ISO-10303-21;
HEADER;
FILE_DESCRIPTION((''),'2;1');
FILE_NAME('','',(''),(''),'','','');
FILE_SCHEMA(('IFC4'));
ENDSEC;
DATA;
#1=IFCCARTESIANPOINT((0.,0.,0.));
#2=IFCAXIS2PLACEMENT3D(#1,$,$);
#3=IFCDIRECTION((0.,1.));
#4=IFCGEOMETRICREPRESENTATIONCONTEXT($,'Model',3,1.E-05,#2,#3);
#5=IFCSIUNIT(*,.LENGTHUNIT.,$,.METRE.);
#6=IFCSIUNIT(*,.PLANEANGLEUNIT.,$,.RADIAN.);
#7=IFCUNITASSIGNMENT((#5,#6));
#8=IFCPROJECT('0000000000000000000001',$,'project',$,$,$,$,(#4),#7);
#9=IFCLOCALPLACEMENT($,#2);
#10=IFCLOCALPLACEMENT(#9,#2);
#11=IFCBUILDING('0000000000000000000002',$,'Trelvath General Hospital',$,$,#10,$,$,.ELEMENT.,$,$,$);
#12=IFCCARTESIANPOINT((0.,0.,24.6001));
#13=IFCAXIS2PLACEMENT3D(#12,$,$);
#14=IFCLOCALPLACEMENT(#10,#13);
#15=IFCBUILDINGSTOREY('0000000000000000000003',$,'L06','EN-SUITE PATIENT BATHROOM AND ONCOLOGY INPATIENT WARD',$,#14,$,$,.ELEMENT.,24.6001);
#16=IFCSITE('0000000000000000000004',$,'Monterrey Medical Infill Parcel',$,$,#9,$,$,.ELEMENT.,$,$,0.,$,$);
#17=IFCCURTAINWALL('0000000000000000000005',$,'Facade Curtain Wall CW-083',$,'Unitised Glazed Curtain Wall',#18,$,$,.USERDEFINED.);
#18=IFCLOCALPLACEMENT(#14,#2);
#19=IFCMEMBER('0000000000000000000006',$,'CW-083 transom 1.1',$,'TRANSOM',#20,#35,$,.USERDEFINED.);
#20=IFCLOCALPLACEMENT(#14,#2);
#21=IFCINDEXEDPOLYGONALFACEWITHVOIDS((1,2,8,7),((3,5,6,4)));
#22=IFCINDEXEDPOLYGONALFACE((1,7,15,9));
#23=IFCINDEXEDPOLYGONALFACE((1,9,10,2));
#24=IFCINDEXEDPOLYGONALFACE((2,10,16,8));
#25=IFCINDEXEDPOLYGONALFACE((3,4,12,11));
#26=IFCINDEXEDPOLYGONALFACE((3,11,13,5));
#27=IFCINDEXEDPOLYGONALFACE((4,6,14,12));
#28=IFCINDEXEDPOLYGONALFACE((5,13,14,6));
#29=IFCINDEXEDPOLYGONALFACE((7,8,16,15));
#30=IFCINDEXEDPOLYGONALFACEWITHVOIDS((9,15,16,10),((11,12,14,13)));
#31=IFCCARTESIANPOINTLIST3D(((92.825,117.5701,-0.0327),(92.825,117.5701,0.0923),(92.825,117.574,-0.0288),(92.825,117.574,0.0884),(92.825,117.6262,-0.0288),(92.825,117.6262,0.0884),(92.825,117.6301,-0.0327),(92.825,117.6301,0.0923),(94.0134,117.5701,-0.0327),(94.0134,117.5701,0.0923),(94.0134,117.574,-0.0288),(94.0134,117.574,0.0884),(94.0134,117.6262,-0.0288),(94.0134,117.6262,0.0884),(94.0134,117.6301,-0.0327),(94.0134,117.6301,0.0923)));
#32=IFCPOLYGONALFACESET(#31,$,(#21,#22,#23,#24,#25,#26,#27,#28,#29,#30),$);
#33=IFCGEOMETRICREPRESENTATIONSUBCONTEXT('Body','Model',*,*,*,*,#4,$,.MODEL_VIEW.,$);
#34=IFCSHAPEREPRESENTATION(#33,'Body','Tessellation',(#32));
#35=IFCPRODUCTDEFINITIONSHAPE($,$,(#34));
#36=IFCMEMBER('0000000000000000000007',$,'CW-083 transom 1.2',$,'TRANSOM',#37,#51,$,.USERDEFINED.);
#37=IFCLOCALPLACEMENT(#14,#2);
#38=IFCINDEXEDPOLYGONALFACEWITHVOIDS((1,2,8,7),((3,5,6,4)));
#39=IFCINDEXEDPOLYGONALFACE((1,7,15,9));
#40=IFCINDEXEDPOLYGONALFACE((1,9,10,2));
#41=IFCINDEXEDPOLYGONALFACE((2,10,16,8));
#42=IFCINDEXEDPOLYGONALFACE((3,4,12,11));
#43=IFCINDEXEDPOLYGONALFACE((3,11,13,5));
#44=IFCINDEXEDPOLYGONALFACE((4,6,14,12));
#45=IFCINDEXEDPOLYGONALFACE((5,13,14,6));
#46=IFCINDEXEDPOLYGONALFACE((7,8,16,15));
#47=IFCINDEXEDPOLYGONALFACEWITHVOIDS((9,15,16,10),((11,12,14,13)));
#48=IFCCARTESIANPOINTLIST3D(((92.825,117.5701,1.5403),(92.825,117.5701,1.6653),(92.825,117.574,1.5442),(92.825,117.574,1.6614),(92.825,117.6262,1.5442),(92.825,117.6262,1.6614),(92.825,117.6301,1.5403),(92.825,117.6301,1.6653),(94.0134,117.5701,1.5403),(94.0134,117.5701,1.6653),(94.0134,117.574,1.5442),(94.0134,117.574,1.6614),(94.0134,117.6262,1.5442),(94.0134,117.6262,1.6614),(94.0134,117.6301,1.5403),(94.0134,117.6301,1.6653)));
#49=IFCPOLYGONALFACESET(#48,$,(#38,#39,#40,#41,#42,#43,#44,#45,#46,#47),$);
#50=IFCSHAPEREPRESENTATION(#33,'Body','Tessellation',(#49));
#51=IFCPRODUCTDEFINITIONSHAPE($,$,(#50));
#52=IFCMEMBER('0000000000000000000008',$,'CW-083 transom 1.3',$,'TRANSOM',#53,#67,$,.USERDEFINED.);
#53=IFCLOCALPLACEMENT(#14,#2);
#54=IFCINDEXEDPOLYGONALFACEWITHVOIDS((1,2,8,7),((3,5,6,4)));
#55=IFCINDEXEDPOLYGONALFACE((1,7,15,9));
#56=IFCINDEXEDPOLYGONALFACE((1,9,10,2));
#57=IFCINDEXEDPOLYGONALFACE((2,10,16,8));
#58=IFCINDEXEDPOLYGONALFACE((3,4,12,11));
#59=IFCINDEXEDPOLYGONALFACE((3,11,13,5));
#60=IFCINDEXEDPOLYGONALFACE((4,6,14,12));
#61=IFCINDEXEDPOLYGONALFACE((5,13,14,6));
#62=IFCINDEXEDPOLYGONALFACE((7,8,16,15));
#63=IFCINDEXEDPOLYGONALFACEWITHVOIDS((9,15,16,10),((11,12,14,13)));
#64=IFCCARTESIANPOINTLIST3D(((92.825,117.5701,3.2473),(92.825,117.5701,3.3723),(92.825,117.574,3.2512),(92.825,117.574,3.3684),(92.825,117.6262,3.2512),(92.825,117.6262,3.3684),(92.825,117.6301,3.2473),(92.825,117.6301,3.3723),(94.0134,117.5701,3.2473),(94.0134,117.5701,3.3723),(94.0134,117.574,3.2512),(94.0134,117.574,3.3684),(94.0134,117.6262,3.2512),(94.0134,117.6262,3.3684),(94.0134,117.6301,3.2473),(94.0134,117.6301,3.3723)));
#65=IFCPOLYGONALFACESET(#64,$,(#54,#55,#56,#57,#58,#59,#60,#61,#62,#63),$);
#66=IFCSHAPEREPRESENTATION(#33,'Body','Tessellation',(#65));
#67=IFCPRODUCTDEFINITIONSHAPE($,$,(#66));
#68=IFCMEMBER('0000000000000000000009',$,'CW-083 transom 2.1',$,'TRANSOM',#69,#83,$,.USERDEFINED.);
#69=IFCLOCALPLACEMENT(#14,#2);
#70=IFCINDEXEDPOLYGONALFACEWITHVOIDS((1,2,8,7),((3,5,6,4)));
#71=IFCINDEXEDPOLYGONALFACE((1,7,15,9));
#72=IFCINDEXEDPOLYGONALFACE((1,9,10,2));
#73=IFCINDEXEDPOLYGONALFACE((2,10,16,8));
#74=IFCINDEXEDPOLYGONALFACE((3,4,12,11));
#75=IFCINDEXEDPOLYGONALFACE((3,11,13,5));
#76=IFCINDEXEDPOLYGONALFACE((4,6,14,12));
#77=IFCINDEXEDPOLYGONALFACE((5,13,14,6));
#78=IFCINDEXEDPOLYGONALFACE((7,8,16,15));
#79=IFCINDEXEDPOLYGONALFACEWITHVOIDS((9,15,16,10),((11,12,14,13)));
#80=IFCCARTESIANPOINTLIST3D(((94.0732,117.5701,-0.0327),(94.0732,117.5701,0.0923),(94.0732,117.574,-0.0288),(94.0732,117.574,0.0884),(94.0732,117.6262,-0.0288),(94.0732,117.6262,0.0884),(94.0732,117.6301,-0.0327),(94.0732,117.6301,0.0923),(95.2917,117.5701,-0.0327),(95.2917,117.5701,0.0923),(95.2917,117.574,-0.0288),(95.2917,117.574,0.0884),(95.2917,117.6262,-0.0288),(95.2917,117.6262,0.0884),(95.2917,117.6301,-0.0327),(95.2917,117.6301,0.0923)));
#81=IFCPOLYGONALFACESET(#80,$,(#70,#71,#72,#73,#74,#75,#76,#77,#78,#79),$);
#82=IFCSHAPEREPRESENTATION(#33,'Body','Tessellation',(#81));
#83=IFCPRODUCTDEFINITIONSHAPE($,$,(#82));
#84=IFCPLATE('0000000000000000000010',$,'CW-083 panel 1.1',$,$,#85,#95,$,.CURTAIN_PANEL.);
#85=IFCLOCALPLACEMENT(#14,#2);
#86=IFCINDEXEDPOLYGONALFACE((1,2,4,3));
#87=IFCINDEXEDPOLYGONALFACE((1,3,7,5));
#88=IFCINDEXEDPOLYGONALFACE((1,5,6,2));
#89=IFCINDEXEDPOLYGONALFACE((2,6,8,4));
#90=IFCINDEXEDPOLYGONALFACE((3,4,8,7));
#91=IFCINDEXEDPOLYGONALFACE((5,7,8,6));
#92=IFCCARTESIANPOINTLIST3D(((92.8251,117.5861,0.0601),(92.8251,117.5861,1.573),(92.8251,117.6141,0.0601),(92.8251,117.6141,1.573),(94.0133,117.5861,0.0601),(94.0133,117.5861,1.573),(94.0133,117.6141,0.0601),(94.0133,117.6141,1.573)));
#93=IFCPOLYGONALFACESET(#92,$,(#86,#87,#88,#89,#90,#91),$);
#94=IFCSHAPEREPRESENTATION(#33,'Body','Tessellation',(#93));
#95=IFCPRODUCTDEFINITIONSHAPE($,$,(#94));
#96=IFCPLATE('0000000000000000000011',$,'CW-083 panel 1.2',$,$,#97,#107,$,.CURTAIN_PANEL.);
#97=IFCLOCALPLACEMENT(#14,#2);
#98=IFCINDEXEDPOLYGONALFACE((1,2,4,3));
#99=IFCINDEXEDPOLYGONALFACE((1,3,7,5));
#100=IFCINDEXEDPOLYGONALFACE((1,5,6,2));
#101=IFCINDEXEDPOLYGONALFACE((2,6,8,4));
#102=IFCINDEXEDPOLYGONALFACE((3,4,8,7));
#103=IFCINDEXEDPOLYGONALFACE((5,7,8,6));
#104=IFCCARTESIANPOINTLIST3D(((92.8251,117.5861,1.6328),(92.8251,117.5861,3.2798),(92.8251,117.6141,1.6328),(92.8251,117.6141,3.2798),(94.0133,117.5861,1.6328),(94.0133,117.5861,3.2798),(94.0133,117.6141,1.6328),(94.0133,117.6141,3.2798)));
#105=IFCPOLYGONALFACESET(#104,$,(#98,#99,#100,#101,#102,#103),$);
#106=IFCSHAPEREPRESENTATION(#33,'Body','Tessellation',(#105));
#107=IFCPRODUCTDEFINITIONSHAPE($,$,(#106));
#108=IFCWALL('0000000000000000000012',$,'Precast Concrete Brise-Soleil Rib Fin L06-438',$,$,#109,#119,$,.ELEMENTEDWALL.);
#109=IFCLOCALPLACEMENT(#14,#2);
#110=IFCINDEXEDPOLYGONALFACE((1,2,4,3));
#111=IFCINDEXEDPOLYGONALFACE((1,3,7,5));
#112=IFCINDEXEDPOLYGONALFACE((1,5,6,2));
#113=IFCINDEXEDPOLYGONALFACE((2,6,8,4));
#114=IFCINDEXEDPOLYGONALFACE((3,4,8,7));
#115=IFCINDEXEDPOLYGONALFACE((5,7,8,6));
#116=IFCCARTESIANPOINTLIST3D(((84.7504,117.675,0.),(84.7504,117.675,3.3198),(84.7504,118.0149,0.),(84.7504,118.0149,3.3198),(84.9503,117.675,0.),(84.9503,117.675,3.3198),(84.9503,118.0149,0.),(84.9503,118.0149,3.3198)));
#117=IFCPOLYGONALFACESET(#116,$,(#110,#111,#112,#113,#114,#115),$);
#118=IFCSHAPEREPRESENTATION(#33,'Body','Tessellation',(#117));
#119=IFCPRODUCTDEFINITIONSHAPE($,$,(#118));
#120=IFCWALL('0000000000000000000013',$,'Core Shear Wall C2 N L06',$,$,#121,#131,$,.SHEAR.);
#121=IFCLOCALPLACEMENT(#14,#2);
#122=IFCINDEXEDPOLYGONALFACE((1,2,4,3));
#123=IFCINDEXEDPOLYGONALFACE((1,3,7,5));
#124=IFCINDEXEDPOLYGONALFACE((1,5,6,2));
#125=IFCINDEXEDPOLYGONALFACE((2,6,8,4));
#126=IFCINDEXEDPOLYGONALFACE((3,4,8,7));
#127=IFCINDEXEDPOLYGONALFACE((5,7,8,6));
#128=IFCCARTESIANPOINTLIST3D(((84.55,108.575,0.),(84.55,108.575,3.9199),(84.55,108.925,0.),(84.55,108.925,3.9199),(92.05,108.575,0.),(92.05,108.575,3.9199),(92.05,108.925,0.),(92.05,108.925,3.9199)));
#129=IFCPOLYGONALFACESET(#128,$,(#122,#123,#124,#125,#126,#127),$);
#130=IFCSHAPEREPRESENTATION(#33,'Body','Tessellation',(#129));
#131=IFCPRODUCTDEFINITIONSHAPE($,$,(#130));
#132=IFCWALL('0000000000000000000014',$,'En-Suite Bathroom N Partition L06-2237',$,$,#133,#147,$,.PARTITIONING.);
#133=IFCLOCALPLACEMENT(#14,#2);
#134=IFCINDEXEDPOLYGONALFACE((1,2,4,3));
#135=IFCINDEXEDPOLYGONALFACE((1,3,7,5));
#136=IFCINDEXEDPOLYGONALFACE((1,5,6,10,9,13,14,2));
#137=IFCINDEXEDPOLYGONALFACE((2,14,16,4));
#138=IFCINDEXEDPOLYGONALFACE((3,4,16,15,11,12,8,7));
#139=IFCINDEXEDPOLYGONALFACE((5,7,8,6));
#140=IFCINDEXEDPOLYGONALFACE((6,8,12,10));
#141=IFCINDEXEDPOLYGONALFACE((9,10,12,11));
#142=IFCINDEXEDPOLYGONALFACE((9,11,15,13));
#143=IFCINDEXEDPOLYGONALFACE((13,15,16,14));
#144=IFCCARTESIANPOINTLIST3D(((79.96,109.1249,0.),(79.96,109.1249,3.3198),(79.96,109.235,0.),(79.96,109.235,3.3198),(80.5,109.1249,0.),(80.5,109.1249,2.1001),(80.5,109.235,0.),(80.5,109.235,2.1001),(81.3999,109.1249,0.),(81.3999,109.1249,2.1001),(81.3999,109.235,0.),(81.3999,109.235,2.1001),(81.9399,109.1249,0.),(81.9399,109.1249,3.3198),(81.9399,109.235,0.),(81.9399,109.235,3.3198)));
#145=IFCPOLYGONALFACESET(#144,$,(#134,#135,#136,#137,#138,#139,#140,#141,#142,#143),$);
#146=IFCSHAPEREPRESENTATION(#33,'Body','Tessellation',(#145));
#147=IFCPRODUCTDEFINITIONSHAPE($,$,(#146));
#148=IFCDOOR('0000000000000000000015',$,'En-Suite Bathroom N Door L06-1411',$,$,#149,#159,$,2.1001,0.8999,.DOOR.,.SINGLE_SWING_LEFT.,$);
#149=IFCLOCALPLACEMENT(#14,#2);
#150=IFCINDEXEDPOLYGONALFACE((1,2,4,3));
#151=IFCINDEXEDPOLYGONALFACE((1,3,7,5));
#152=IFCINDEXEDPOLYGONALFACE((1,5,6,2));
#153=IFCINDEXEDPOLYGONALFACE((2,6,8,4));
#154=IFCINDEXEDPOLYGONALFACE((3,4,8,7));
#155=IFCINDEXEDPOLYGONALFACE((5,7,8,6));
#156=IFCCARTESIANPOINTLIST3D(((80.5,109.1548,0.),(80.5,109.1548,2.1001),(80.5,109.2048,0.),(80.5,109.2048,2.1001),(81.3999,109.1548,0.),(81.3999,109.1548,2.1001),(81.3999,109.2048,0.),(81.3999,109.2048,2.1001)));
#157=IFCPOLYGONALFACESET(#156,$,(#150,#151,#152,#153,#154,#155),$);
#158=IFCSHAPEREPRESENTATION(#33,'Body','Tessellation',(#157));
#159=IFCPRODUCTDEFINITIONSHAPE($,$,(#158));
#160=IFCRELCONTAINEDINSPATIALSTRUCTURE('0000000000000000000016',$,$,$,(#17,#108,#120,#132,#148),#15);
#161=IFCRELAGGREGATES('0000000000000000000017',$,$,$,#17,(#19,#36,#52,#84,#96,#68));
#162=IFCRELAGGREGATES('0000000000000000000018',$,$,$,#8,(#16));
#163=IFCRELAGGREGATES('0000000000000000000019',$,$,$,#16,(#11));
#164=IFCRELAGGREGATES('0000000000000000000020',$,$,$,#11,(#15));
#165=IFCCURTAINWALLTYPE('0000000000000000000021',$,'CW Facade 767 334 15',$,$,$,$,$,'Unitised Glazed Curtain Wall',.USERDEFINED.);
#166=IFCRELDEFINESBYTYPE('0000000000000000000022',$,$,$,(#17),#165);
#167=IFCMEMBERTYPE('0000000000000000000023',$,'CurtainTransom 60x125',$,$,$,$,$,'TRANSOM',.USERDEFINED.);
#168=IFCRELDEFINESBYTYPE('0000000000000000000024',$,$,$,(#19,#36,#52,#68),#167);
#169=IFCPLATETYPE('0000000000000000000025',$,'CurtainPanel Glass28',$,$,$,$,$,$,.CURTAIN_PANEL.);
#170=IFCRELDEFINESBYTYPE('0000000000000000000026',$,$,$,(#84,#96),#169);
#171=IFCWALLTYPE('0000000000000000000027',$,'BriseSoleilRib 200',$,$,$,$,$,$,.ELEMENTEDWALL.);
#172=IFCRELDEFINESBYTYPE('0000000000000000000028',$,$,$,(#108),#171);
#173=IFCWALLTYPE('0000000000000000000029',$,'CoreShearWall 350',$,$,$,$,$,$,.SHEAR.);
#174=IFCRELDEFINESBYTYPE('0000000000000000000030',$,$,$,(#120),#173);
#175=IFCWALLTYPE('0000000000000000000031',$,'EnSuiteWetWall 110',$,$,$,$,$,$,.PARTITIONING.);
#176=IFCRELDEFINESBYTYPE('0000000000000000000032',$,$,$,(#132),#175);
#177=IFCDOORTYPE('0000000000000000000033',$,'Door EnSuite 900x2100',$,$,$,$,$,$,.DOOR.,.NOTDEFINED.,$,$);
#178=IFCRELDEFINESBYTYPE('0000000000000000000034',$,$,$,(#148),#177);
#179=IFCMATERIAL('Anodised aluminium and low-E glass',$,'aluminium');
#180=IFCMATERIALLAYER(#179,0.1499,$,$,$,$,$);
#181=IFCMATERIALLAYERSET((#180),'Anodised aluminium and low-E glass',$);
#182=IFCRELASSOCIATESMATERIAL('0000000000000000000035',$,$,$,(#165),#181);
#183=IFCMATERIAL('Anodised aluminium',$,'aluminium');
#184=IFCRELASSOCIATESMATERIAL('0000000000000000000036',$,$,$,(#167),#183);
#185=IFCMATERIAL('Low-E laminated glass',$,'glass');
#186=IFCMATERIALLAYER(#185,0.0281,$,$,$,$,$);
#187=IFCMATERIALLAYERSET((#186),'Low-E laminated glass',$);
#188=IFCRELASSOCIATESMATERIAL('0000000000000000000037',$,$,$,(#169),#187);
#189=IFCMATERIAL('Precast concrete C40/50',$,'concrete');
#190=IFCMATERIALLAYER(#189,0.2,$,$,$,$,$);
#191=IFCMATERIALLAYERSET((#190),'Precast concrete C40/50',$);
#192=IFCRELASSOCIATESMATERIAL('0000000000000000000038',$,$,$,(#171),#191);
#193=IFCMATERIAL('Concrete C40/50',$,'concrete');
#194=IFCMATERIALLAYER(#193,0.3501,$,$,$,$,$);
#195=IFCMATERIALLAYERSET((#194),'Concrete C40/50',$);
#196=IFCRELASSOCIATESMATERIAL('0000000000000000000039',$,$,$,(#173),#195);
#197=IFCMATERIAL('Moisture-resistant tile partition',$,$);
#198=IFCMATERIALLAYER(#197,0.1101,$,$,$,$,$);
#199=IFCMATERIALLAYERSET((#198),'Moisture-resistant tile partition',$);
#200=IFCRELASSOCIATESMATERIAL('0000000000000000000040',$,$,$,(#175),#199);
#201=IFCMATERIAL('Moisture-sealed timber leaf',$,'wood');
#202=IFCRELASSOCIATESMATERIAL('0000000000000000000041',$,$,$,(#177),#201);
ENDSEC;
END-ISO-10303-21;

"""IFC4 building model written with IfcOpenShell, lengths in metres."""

from ifc_helpers import new_model, si_unit, direction, frame, frame_2d, origin, origin_2d, place, context, subcontext, project, spatial, rectangle, hollow_rectangle, extrude, material, layer, layer_set, material_profile, profile_set, type_object, element, fill, aggregate, save


model = new_model("IFC4")

# Units and contexts
model_context = context("Model", 3, precision=1e-05, world=origin(), true_north=direction((0.0, 1.0)))
body_context = subcontext(model_context, "Body", "Model", "MODEL_VIEW")
ifc_project = project(units=[si_unit("LENGTHUNIT", "METRE"), si_unit("PLANEANGLEUNIT", "RADIAN")], contexts=[model_context])

# Site, building, storey
site_placement = place(None, origin())
site = spatial("IfcSite", under=ifc_project, at=site_placement, Name="Monterrey Medical Infill Parcel", CompositionType="ELEMENT", RefElevation=0.0)
building_placement = place(site_placement, origin())
building = spatial("IfcBuilding", under=site, at=building_placement, Name="Trelvath General Hospital", CompositionType="ELEMENT")
storey_placement = place(building_placement, frame((0.0, 0.0, 24.6001)))
storey = spatial("IfcBuildingStorey", under=building, at=storey_placement, Name="L06", Description="EN-SUITE PATIENT BATHROOM AND ONCOLOGY INPATIENT WARD", CompositionType="ELEMENT", Elevation=24.6001)

# Curtain wall, members, plates
ifc_material_1 = material(Name="Anodised aluminium and low-E glass", Category="aluminium")
ifc_layer_1 = layer(ifc_material_1, 0.1499)
ifc_layer_set_1 = layer_set([ifc_layer_1], Name="Anodised aluminium and low-E glass")
curtain_wall_type = type_object("IfcCurtainWallType", Name="CW Facade 767 334 15", ElementType="Unitised Glazed Curtain Wall", PredefinedType="USERDEFINED", material=ifc_layer_set_1)
curtain_wall_placement = place(storey_placement, origin())
curtain_wall = element("IfcCurtainWall", 1, at=curtain_wall_placement, inside=storey, type_object=curtain_wall_type, Name="Facade Curtain Wall CW-083", ObjectType="Unitised Glazed Curtain Wall", PredefinedType="USERDEFINED")
ifc_material_2 = material(Name="Anodised aluminium", Category="aluminium")
ifc_material_profile_1 = material_profile(ifc_material_2, hollow_rectangle(XDim=0.0601, YDim=0.125, WallThickness=0.0039, at=origin_2d()), Name="RHS60x125x4")
ifc_profile_set_1 = profile_set([ifc_material_profile_1], Name="Anodised aluminium")
member_type_1 = type_object("IfcMemberType", Name="CurtainTransom 60x125", ElementType="TRANSOM", PredefinedType="USERDEFINED", material=ifc_profile_set_1)
member_1_placement = place(storey_placement, frame((92.825, 117.6001, 0.0298), z_axis=(1.0, 0.0, 0.0), x_axis=(0.0, 1.0, 0.0)))
member_1 = element("IfcMember", 2, at=member_1_placement, type_object=member_type_1, Name="CW-083 transom 1.1", ObjectType="TRANSOM", PredefinedType="USERDEFINED", context=body_context, shape_type="SweptSolid", body=[
    extrude(hollow_rectangle(XDim=0.0601, YDim=0.125, WallThickness=0.0039, at=origin_2d()), origin(), (0.0, 0.0, 1.0), 1.1885),
])
member_2_placement = place(storey_placement, frame((92.825, 117.6001, 1.6028), z_axis=(1.0, 0.0, 0.0), x_axis=(0.0, 1.0, 0.0)))
member_2 = element("IfcMember", 3, at=member_2_placement, type_object=member_type_1, Name="CW-083 transom 1.2", ObjectType="TRANSOM", PredefinedType="USERDEFINED", context=body_context, shape_type="SweptSolid", body=[
    extrude(hollow_rectangle(XDim=0.0601, YDim=0.125, WallThickness=0.0039, at=origin_2d()), origin(), (0.0, 0.0, 1.0), 1.1885),
])
member_3_placement = place(storey_placement, frame((92.825, 117.6001, 3.3098), z_axis=(1.0, 0.0, 0.0), x_axis=(0.0, 1.0, 0.0)))
member_3 = element("IfcMember", 4, at=member_3_placement, type_object=member_type_1, Name="CW-083 transom 1.3", ObjectType="TRANSOM", PredefinedType="USERDEFINED", context=body_context, shape_type="SweptSolid", body=[
    extrude(hollow_rectangle(XDim=0.0601, YDim=0.125, WallThickness=0.0039, at=origin_2d()), origin(), (0.0, 0.0, 1.0), 1.1885),
])
member_4_placement = place(storey_placement, frame((94.0732, 117.6001, 0.0298), z_axis=(1.0, 0.0, 0.0), x_axis=(0.0, 1.0, 0.0)))
member_4 = element("IfcMember", 5, at=member_4_placement, type_object=member_type_1, Name="CW-083 transom 2.1", ObjectType="TRANSOM", PredefinedType="USERDEFINED", context=body_context, shape_type="SweptSolid", body=[
    extrude(hollow_rectangle(XDim=0.0601, YDim=0.125, WallThickness=0.0039, at=origin_2d()), origin(), (0.0, 0.0, 1.0), 1.2185),
])
ifc_material_3 = material(Name="Low-E laminated glass", Category="glass")
ifc_layer_2 = layer(ifc_material_3, 0.0281)
ifc_layer_set_2 = layer_set([ifc_layer_2], Name="Low-E laminated glass")
plate_type = type_object("IfcPlateType", Name="CurtainPanel Glass28", PredefinedType="CURTAIN_PANEL", material=ifc_layer_set_2)
plate_1_placement = place(storey_placement, frame((93.4192, 117.6001, 0.0601), z_axis=(0.0, 0.0, 1.0), x_axis=(1.0, 0.0, 0.0)))
plate_1 = element("IfcPlate", 6, at=plate_1_placement, type_object=plate_type, Name="CW-083 panel 1.1", PredefinedType="CURTAIN_PANEL", context=body_context, shape_type="SweptSolid", body=[
    extrude(rectangle(XDim=1.1882, YDim=0.0281, at=origin_2d()), origin(), (0.0, 0.0, 1.0), 1.5129),
])
plate_2_placement = place(storey_placement, frame((93.4192, 117.6001, 1.6328), z_axis=(0.0, 0.0, 1.0), x_axis=(1.0, 0.0, 0.0)))
plate_2 = element("IfcPlate", 7, at=plate_2_placement, type_object=plate_type, Name="CW-083 panel 1.2", PredefinedType="CURTAIN_PANEL", context=body_context, shape_type="SweptSolid", body=[
    extrude(rectangle(XDim=1.1882, YDim=0.0281, at=origin_2d()), origin(), (0.0, 0.0, 1.0), 1.647),
])
aggregate(curtain_wall, [member_1, member_2, member_3, plate_1, plate_2, member_4])

# Walls
ifc_material_4 = material(Name="Precast concrete C40/50", Category="concrete")
ifc_layer_3 = layer(ifc_material_4, 0.2)
ifc_layer_set_3 = layer_set([ifc_layer_3], Name="Precast concrete C40/50")
wall_type_1 = type_object("IfcWallType", Name="BriseSoleilRib 200", PredefinedType="ELEMENTEDWALL", material=ifc_layer_set_3)
wall_1_placement = place(storey_placement, frame((84.8503, 117.675, 0.0), z_axis=(0.0, 0.0, 1.0), x_axis=(0.0, 1.0, 0.0)))
element("IfcWall", 8, at=wall_1_placement, inside=storey, type_object=wall_type_1, Name="Precast Concrete Brise-Soleil Rib Fin L06-438", PredefinedType="ELEMENTEDWALL", context=body_context, shape_type="SweptSolid", body=[
    extrude(rectangle(XDim=0.3398, YDim=0.2, at=frame_2d((0.1699, 0.0))), origin(), (0.0, 0.0, 1.0), 3.3198),
])
ifc_material_5 = material(Name="Concrete C40/50", Category="concrete")
ifc_layer_4 = layer(ifc_material_5, 0.3501)
ifc_layer_set_4 = layer_set([ifc_layer_4], Name="Concrete C40/50")
wall_type_2 = type_object("IfcWallType", Name="CoreShearWall 350", PredefinedType="SHEAR", material=ifc_layer_set_4)
wall_2_placement = place(storey_placement, frame((84.55, 108.75, 0.0), z_axis=(0.0, 0.0, 1.0), x_axis=(1.0, 0.0, 0.0)))
element("IfcWall", 9, at=wall_2_placement, inside=storey, type_object=wall_type_2, Name="Core Shear Wall C2 N L06", PredefinedType="SHEAR", context=body_context, shape_type="SweptSolid", body=[
    extrude(rectangle(XDim=7.5, YDim=0.3501, at=frame_2d((3.75, 0.0))), origin(), (0.0, 0.0, 1.0), 3.9199),
])

# Wall, opening, door
ifc_material_6 = material(Name="Moisture-resistant tile partition")
ifc_layer_5 = layer(ifc_material_6, 0.1101)
ifc_layer_set_5 = layer_set([ifc_layer_5], Name="Moisture-resistant tile partition")
wall_type_3 = type_object("IfcWallType", Name="EnSuiteWetWall 110", PredefinedType="PARTITIONING", material=ifc_layer_set_5)
wall_3_placement = place(storey_placement, frame((79.96, 109.1799, 0.0), z_axis=(0.0, 0.0, 1.0), x_axis=(1.0, 0.0, 0.0)))
wall_3 = element("IfcWall", 10, at=wall_3_placement, inside=storey, type_object=wall_type_3, Name="En-Suite Bathroom N Partition L06-2237", PredefinedType="PARTITIONING", context=body_context, shape_type="SweptSolid", body=[
    extrude(rectangle(XDim=1.98, YDim=0.1101, at=frame_2d((0.99, 0.0))), origin(), (0.0, 0.0, 1.0), 3.3198),
])
opening_1_placement = place(wall_3_placement, frame((0.54, 0.0, 0.0)))
opening_1 = element("IfcOpeningElement", 11, at=opening_1_placement, cuts=wall_3, PredefinedType="OPENING", context=body_context, shape_type="SweptSolid", body=[
    extrude(rectangle(XDim=0.8999, YDim=2.1001, at=frame_2d((0.45, 1.05))), frame((0.0, 0.0649, 0.0), z_axis=(0.0, -1.0, 0.0), x_axis=(1.0, 0.0, 0.0)), (0.0, 0.0, 1.0), 0.1301),
])
ifc_material_7 = material(Name="Moisture-sealed timber leaf", Category="wood")
door_type_1 = type_object("IfcDoorType", Name="Door EnSuite 900x2100", OperationType="NOTDEFINED", PredefinedType="DOOR", material=ifc_material_7)
door_1_placement = place(opening_1_placement, origin())
door_1 = element("IfcDoor", 12, at=door_1_placement, inside=storey, type_object=door_type_1, Name="En-Suite Bathroom N Door L06-1411", OperationType="SINGLE_SWING_LEFT", OverallHeight=2.1001, OverallWidth=0.8999, PredefinedType="DOOR", context=body_context, shape_type="SweptSolid", body=[
    extrude(rectangle(XDim=0.8999, YDim=2.1001, at=frame_2d((0.45, 1.05))), frame((0.0, 0.0249, 0.0), z_axis=(0.0, -1.0, 0.0), x_axis=(1.0, 0.0, 0.0)), (0.0, 0.0, 1.0), 0.05),
])
fill(opening_1, door_1)

save(model, "model.ifc")
